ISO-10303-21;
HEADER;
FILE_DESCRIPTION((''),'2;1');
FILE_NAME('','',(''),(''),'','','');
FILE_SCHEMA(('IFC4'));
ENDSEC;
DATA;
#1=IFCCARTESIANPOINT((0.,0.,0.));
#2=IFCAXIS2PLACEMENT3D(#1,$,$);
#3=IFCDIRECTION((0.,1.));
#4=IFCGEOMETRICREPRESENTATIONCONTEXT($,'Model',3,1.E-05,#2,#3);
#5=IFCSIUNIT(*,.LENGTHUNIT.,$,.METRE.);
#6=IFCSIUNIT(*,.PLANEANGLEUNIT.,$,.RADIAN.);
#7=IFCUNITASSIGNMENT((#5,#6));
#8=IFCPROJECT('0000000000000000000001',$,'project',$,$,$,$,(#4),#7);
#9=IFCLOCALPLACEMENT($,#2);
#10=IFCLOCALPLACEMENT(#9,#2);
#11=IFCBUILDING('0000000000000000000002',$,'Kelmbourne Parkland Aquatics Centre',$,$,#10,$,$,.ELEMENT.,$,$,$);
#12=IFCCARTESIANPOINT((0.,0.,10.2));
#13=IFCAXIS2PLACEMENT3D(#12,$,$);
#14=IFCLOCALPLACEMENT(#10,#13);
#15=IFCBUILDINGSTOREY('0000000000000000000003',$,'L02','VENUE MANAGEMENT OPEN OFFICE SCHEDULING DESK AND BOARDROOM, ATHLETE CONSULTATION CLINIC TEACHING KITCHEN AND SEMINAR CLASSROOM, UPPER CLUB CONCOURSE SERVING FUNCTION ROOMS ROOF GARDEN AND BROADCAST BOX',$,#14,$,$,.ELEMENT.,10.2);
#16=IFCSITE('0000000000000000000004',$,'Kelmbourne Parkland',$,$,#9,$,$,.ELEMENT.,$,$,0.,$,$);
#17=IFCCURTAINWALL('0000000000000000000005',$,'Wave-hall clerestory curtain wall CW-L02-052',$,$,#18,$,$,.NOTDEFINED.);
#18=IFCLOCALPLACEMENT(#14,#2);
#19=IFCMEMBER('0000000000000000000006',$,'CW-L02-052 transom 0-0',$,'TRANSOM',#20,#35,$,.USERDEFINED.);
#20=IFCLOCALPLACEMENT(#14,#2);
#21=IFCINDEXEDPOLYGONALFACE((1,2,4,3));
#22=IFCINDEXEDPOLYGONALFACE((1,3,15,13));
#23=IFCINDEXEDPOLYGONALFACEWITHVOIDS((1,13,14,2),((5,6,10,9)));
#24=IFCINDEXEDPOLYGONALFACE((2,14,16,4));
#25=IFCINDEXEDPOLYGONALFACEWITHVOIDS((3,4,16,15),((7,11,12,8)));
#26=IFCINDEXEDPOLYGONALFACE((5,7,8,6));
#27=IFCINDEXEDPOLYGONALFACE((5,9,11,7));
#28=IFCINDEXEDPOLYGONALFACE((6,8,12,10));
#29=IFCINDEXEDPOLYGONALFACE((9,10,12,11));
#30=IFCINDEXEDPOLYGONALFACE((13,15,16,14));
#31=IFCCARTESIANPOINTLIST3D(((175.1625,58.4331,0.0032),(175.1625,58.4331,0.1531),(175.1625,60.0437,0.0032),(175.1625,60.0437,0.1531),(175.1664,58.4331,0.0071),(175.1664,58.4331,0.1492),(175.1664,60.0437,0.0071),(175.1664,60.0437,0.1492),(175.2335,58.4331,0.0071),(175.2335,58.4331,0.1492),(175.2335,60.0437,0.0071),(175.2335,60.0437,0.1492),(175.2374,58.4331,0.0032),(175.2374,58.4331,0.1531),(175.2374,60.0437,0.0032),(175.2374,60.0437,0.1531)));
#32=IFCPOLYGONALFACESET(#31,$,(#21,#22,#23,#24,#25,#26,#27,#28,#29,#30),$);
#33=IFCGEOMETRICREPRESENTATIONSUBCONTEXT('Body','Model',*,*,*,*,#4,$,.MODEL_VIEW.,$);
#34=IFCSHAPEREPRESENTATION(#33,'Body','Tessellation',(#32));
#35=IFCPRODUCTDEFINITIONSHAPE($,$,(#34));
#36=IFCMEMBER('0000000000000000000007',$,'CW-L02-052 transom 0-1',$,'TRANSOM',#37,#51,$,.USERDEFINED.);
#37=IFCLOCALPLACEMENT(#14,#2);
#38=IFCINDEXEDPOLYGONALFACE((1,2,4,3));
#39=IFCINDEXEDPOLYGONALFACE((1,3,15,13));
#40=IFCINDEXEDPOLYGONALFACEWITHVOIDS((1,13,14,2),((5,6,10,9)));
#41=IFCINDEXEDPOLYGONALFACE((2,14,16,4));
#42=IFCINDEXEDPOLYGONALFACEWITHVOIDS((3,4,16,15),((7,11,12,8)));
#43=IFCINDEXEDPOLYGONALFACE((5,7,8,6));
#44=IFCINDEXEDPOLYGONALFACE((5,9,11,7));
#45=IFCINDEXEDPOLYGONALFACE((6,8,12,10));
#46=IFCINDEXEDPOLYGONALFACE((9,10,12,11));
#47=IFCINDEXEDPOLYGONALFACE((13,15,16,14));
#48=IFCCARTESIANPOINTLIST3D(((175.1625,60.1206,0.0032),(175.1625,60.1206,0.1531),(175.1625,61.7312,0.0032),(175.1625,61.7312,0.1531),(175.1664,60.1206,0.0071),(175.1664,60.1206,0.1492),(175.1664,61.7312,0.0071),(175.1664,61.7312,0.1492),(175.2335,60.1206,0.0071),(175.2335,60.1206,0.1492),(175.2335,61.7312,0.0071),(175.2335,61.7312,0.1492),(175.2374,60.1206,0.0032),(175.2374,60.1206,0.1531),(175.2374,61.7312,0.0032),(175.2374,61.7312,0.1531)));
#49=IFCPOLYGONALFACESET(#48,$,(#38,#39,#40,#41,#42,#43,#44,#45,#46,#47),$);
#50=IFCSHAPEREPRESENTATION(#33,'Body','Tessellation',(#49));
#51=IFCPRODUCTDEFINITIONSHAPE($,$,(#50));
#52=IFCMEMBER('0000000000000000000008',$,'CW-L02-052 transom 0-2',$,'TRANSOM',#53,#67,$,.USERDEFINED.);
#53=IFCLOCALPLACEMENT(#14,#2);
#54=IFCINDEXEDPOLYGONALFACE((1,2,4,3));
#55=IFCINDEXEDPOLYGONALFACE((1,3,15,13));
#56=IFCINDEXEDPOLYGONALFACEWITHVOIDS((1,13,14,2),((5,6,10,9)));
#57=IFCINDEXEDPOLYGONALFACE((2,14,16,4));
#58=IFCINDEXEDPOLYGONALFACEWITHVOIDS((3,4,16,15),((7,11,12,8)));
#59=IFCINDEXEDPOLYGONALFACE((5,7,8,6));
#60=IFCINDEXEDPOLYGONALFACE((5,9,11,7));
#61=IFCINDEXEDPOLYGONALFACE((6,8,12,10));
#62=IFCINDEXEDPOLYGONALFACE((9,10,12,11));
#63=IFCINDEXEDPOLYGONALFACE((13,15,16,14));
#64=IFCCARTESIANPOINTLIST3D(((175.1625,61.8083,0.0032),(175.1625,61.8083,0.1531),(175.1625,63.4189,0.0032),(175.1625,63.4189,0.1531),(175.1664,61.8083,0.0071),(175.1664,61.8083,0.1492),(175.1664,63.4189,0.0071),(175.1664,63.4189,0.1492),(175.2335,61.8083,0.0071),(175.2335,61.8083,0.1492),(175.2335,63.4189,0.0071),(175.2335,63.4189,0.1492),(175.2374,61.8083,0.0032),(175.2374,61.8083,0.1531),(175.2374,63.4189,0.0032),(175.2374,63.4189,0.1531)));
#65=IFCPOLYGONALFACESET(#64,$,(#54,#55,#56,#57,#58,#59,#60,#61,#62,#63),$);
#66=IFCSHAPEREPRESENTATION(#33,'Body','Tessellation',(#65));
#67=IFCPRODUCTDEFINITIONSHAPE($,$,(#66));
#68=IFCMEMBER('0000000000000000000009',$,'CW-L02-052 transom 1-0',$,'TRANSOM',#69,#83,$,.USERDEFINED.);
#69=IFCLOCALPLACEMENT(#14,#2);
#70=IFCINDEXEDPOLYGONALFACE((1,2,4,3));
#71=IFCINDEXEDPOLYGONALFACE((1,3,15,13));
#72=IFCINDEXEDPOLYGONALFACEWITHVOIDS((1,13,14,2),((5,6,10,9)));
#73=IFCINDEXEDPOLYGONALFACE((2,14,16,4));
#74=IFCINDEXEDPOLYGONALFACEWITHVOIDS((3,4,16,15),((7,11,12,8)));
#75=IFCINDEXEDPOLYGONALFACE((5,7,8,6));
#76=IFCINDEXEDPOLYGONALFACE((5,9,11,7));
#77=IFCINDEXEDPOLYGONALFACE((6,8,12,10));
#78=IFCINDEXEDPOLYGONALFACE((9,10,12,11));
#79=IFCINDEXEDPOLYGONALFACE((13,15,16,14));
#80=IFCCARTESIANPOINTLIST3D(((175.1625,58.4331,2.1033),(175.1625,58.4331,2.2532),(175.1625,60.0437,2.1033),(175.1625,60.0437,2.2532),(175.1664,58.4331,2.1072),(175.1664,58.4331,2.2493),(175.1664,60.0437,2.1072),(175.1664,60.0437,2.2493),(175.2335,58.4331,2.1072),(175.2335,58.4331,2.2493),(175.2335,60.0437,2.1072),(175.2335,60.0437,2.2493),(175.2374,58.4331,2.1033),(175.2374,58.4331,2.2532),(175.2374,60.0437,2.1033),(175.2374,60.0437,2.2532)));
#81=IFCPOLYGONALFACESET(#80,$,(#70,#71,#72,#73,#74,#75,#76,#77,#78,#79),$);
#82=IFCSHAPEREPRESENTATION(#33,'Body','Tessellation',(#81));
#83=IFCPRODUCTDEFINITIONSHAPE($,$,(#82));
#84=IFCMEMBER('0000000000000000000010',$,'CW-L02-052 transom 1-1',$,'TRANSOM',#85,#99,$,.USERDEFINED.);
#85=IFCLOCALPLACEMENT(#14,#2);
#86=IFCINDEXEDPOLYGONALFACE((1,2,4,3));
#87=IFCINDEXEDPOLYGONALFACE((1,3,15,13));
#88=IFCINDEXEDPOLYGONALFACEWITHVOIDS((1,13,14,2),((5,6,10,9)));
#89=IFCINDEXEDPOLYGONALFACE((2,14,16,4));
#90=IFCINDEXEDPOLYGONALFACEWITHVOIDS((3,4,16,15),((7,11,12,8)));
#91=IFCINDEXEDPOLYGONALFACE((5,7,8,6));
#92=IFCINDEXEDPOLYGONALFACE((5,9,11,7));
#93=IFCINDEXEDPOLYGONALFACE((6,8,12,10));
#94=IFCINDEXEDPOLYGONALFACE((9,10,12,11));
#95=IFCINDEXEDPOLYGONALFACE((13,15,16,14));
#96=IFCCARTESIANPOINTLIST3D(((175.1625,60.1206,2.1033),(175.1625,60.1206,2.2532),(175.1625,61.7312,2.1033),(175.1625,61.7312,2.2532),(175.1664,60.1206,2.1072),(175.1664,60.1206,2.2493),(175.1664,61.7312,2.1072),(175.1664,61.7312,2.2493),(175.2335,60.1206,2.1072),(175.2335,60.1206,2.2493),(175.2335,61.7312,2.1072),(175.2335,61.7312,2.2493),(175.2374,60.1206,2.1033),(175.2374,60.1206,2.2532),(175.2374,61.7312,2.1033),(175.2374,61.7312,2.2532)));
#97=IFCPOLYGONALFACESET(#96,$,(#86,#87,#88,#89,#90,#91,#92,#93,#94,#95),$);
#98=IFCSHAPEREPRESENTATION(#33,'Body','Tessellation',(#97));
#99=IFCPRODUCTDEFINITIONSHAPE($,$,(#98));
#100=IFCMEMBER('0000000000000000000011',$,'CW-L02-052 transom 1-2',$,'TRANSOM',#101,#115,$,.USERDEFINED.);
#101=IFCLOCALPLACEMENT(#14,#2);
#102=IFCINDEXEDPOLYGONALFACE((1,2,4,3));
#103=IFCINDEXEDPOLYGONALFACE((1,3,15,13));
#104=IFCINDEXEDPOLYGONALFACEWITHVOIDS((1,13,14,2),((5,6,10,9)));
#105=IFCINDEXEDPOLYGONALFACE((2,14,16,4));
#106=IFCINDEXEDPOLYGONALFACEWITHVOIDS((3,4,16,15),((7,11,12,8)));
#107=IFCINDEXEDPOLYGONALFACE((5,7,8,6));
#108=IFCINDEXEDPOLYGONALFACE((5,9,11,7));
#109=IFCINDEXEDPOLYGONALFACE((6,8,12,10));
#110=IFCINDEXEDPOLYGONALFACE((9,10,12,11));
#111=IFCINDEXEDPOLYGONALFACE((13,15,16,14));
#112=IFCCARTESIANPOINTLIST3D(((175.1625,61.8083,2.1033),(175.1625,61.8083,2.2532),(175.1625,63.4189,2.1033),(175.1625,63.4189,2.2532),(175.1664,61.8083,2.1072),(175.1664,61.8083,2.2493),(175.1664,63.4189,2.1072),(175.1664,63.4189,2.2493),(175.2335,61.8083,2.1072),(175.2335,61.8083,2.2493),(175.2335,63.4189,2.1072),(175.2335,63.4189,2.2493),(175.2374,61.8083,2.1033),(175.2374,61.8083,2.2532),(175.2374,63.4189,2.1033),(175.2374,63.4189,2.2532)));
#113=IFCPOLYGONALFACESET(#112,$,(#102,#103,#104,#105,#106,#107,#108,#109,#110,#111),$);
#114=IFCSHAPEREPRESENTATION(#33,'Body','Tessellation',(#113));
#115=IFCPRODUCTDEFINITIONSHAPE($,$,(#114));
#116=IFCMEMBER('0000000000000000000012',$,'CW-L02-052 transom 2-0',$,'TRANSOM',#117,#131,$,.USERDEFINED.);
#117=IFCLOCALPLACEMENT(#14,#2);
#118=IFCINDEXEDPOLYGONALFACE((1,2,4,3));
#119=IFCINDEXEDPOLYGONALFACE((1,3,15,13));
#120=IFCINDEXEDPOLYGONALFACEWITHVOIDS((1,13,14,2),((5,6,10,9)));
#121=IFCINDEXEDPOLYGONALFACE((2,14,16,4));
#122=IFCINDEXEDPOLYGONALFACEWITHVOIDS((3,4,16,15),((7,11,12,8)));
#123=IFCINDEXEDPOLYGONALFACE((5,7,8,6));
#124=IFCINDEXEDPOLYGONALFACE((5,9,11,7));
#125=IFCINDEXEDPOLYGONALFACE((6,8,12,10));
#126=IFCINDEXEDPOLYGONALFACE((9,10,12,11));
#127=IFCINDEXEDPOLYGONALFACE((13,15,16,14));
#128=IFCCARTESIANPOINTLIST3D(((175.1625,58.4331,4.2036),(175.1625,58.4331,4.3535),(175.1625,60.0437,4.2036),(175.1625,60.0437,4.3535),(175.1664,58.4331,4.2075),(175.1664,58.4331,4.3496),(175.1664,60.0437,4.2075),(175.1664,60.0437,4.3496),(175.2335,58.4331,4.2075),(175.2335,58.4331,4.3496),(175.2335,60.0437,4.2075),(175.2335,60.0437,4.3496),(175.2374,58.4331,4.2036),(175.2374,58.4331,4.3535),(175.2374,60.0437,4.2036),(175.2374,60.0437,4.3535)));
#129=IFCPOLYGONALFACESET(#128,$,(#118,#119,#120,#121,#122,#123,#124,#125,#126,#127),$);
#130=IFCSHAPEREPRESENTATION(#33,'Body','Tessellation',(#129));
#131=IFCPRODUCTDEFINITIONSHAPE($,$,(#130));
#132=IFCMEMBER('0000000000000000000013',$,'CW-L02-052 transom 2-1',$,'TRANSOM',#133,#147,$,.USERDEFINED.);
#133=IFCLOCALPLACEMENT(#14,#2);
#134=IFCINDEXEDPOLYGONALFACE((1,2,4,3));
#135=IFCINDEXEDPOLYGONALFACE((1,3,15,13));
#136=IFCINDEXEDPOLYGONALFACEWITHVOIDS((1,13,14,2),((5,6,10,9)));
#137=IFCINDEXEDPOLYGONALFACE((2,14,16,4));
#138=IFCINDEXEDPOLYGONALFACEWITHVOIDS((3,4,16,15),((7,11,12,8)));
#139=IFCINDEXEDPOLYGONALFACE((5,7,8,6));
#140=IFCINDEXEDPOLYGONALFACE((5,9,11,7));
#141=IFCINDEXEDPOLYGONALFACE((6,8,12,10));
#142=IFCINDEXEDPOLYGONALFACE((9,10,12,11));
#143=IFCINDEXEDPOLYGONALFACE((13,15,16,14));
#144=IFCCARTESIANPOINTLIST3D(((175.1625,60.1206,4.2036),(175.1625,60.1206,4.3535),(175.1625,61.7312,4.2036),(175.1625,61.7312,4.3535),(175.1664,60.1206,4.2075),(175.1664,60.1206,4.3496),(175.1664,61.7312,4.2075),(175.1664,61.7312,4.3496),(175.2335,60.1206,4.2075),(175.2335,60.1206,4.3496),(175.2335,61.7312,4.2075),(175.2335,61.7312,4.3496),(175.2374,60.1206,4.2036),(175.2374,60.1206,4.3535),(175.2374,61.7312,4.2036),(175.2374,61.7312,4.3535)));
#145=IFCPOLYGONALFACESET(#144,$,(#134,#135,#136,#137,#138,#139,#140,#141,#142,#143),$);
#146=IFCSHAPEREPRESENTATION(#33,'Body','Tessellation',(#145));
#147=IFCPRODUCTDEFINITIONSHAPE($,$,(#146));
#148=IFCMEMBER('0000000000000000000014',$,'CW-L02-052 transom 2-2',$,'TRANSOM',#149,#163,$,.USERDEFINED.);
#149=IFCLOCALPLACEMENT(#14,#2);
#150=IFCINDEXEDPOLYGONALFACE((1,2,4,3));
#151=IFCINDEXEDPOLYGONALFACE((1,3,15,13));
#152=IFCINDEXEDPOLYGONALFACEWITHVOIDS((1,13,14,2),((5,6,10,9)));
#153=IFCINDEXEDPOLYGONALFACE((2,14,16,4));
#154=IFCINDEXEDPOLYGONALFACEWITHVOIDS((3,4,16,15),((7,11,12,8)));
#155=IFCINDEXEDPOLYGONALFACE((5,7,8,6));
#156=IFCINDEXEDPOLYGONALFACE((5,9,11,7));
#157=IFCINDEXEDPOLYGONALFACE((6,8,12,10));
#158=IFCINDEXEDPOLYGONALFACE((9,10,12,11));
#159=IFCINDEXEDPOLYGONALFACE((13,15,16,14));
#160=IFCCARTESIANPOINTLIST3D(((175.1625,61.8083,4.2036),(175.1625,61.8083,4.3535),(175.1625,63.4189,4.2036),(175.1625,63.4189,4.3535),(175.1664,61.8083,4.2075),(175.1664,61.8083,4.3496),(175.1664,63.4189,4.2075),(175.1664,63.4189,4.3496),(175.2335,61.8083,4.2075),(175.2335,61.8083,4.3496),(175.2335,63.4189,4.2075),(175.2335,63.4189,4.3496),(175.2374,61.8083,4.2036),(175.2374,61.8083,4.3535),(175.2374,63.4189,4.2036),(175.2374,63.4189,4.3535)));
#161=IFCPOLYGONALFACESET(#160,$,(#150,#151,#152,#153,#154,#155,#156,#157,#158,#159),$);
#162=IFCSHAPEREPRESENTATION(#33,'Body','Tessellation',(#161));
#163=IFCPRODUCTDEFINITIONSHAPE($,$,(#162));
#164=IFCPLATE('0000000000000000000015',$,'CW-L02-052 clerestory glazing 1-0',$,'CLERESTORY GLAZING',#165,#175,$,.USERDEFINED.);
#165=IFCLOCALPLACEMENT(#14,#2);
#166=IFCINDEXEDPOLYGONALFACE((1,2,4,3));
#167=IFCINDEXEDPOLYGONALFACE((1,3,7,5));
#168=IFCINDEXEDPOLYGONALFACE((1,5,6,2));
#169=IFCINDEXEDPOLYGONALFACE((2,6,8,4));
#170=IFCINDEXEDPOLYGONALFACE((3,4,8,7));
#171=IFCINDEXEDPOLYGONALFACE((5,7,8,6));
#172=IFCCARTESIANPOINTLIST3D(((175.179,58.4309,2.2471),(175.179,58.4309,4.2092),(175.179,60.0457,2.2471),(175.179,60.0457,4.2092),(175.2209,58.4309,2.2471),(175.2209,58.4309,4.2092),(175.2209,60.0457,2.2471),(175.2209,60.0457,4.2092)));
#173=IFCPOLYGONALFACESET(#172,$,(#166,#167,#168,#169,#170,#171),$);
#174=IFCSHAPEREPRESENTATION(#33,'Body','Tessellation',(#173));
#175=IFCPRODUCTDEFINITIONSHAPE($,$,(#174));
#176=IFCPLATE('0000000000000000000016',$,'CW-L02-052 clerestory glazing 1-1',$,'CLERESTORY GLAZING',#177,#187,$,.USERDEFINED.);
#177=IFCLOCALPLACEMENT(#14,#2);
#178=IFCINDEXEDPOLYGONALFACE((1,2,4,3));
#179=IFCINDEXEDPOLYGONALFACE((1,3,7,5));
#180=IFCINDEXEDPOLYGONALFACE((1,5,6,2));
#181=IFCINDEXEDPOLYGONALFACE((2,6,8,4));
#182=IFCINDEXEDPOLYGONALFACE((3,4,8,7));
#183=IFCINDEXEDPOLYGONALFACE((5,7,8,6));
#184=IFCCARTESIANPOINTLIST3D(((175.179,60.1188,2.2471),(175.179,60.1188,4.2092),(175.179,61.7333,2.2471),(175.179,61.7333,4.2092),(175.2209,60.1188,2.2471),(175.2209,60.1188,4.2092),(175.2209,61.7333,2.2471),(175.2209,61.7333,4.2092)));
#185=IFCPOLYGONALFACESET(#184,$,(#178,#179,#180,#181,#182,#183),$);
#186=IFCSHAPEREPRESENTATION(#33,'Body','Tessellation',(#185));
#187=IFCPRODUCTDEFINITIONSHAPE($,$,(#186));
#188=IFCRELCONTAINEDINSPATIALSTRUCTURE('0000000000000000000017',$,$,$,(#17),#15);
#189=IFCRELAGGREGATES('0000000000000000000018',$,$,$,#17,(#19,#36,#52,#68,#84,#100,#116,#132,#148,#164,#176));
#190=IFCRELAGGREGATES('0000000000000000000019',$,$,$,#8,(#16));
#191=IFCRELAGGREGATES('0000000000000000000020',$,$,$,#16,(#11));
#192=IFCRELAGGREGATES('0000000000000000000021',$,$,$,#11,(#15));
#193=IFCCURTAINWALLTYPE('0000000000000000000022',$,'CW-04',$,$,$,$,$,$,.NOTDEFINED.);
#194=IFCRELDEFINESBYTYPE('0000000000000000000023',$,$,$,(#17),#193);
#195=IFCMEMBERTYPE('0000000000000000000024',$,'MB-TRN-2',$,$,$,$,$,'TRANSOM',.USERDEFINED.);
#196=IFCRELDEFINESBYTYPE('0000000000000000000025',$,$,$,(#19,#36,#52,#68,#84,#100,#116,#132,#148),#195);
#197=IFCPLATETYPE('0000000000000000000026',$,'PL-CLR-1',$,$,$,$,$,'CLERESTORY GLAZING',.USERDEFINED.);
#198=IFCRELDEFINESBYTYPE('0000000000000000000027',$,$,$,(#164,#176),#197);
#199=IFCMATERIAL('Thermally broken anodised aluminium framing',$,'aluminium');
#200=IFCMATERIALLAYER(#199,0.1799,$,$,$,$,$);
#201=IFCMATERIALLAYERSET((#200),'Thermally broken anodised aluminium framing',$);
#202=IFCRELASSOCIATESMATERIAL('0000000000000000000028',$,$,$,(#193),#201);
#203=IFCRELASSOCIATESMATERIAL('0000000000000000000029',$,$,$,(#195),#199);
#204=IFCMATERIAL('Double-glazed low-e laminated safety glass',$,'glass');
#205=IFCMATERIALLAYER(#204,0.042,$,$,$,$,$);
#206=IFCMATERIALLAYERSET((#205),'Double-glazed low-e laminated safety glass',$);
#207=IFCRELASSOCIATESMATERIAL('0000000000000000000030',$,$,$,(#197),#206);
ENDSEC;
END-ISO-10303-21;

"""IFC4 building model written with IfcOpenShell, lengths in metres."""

from ifc_helpers import new_model, si_unit, direction, frame, origin, origin_2d, place, context, subcontext, project, spatial, rectangle, hollow_rectangle, extrude, material, layer, layer_set, material_profile, profile_set, type_object, element, aggregate, save


model = new_model("IFC4")

# Units and contexts
model_context = context("Model", 3, precision=1e-05, world=origin(), true_north=direction((0.0, 1.0)))
body_context = subcontext(model_context, "Body", "Model", "MODEL_VIEW")
ifc_project = project(units=[si_unit("LENGTHUNIT", "METRE"), si_unit("PLANEANGLEUNIT", "RADIAN")], contexts=[model_context])

# Site, building, storey
site_placement = place(None, origin())
site = spatial("IfcSite", under=ifc_project, at=site_placement, Name="Kelmbourne Parkland", CompositionType="ELEMENT", RefElevation=0.0)
building_placement = place(site_placement, origin())
building = spatial("IfcBuilding", under=site, at=building_placement, Name="Kelmbourne Parkland Aquatics Centre", CompositionType="ELEMENT")
storey_placement = place(building_placement, frame((0.0, 0.0, 10.2)))
storey = spatial("IfcBuildingStorey", under=building, at=storey_placement, Name="L02", Description="VENUE MANAGEMENT OPEN OFFICE SCHEDULING DESK AND BOARDROOM, ATHLETE CONSULTATION CLINIC TEACHING KITCHEN AND SEMINAR CLASSROOM, UPPER CLUB CONCOURSE SERVING FUNCTION ROOMS ROOF GARDEN AND BROADCAST BOX", CompositionType="ELEMENT", Elevation=10.2)

# Curtain wall
ifc_material_1 = material(Name="Thermally broken anodised aluminium framing", Category="aluminium")
ifc_layer_1 = layer(ifc_material_1, 0.1799)
ifc_layer_set_1 = layer_set([ifc_layer_1], Name="Thermally broken anodised aluminium framing")
curtain_wall_type_1 = type_object("IfcCurtainWallType", Name="CW-04", PredefinedType="NOTDEFINED", material=ifc_layer_set_1)
curtain_wall_1_placement = place(storey_placement, origin())
curtain_wall_1 = element("IfcCurtainWall", 1, at=curtain_wall_1_placement, inside=storey, type_object=curtain_wall_type_1, Name="Wave-hall clerestory curtain wall CW-L02-052", PredefinedType="NOTDEFINED")

# Members
ifc_material_profile_1 = material_profile(ifc_material_1, hollow_rectangle(XDim=0.075, YDim=0.1499, WallThickness=0.0039, at=origin_2d()), Name="CW-T 75x150")
ifc_profile_set_1 = profile_set([ifc_material_profile_1], Name="Thermally broken anodised aluminium framing")
member_type_1 = type_object("IfcMemberType", Name="MB-TRN-2", ElementType="TRANSOM", PredefinedType="USERDEFINED", material=ifc_profile_set_1)
member_1_placement = place(storey_placement, frame((175.2, 58.4331, 0.0781), z_axis=(0.0, 1.0, 0.0), x_axis=(-1.0, 0.0, 0.0)))
member_1 = element("IfcMember", 2, at=member_1_placement, type_object=member_type_1, Name="CW-L02-052 transom 0-0", ObjectType="TRANSOM", PredefinedType="USERDEFINED", context=body_context, shape_type="SweptSolid", body=[
    extrude(hollow_rectangle(XDim=0.075, YDim=0.1499, WallThickness=0.0039, at=origin_2d()), origin(), (0.0, 0.0, 1.0), 1.6106),
])
member_2_placement = place(storey_placement, frame((175.2, 60.1206, 0.0781), z_axis=(0.0, 1.0, 0.0), x_axis=(-1.0, 0.0, 0.0)))
member_2 = element("IfcMember", 3, at=member_2_placement, type_object=member_type_1, Name="CW-L02-052 transom 0-1", ObjectType="TRANSOM", PredefinedType="USERDEFINED", context=body_context, shape_type="SweptSolid", body=[
    extrude(hollow_rectangle(XDim=0.075, YDim=0.1499, WallThickness=0.0039, at=origin_2d()), origin(), (0.0, 0.0, 1.0), 1.6106),
])
member_3_placement = place(storey_placement, frame((175.2, 61.8083, 0.0781), z_axis=(0.0, 1.0, 0.0), x_axis=(-1.0, 0.0, 0.0)))
member_3 = element("IfcMember", 4, at=member_3_placement, type_object=member_type_1, Name="CW-L02-052 transom 0-2", ObjectType="TRANSOM", PredefinedType="USERDEFINED", context=body_context, shape_type="SweptSolid", body=[
    extrude(hollow_rectangle(XDim=0.075, YDim=0.1499, WallThickness=0.0039, at=origin_2d()), origin(), (0.0, 0.0, 1.0), 1.6106),
])
member_4_placement = place(storey_placement, frame((175.2, 58.4331, 2.1782), z_axis=(0.0, 1.0, 0.0), x_axis=(-1.0, 0.0, 0.0)))
member_4 = element("IfcMember", 5, at=member_4_placement, type_object=member_type_1, Name="CW-L02-052 transom 1-0", ObjectType="TRANSOM", PredefinedType="USERDEFINED", context=body_context, shape_type="SweptSolid", body=[
    extrude(hollow_rectangle(XDim=0.075, YDim=0.1499, WallThickness=0.0039, at=origin_2d()), origin(), (0.0, 0.0, 1.0), 1.6106),
])
member_5_placement = place(storey_placement, frame((175.2, 60.1206, 2.1782), z_axis=(0.0, 1.0, 0.0), x_axis=(-1.0, 0.0, 0.0)))
member_5 = element("IfcMember", 6, at=member_5_placement, type_object=member_type_1, Name="CW-L02-052 transom 1-1", ObjectType="TRANSOM", PredefinedType="USERDEFINED", context=body_context, shape_type="SweptSolid", body=[
    extrude(hollow_rectangle(XDim=0.075, YDim=0.1499, WallThickness=0.0039, at=origin_2d()), origin(), (0.0, 0.0, 1.0), 1.6106),
])
member_6_placement = place(storey_placement, frame((175.2, 61.8083, 2.1782), z_axis=(0.0, 1.0, 0.0), x_axis=(-1.0, 0.0, 0.0)))
member_6 = element("IfcMember", 7, at=member_6_placement, type_object=member_type_1, Name="CW-L02-052 transom 1-2", ObjectType="TRANSOM", PredefinedType="USERDEFINED", context=body_context, shape_type="SweptSolid", body=[
    extrude(hollow_rectangle(XDim=0.075, YDim=0.1499, WallThickness=0.0039, at=origin_2d()), origin(), (0.0, 0.0, 1.0), 1.6106),
])
member_7_placement = place(storey_placement, frame((175.2, 58.4331, 4.2786), z_axis=(0.0, 1.0, 0.0), x_axis=(-1.0, 0.0, 0.0)))
member_7 = element("IfcMember", 8, at=member_7_placement, type_object=member_type_1, Name="CW-L02-052 transom 2-0", ObjectType="TRANSOM", PredefinedType="USERDEFINED", context=body_context, shape_type="SweptSolid", body=[
    extrude(hollow_rectangle(XDim=0.075, YDim=0.1499, WallThickness=0.0039, at=origin_2d()), origin(), (0.0, 0.0, 1.0), 1.6106),
])
member_8_placement = place(storey_placement, frame((175.2, 60.1206, 4.2786), z_axis=(0.0, 1.0, 0.0), x_axis=(-1.0, 0.0, 0.0)))
member_8 = element("IfcMember", 9, at=member_8_placement, type_object=member_type_1, Name="CW-L02-052 transom 2-1", ObjectType="TRANSOM", PredefinedType="USERDEFINED", context=body_context, shape_type="SweptSolid", body=[
    extrude(hollow_rectangle(XDim=0.075, YDim=0.1499, WallThickness=0.0039, at=origin_2d()), origin(), (0.0, 0.0, 1.0), 1.6106),
])
member_9_placement = place(storey_placement, frame((175.2, 61.8083, 4.2786), z_axis=(0.0, 1.0, 0.0), x_axis=(-1.0, 0.0, 0.0)))
member_9 = element("IfcMember", 10, at=member_9_placement, type_object=member_type_1, Name="CW-L02-052 transom 2-2", ObjectType="TRANSOM", PredefinedType="USERDEFINED", context=body_context, shape_type="SweptSolid", body=[
    extrude(hollow_rectangle(XDim=0.075, YDim=0.1499, WallThickness=0.0039, at=origin_2d()), origin(), (0.0, 0.0, 1.0), 1.6106),
])

# Plates
ifc_material_2 = material(Name="Double-glazed low-e laminated safety glass", Category="glass")
ifc_layer_2 = layer(ifc_material_2, 0.042)
ifc_layer_set_2 = layer_set([ifc_layer_2], Name="Double-glazed low-e laminated safety glass")
plate_type_1 = type_object("IfcPlateType", Name="PL-CLR-1", ElementType="CLERESTORY GLAZING", PredefinedType="USERDEFINED", material=ifc_layer_set_2)
plate_1_placement = place(storey_placement, frame((175.2, 59.2383, 2.2471), z_axis=(0.0, 0.0, 1.0), x_axis=(0.0, 1.0, 0.0)))
plate_1 = element("IfcPlate", 11, at=plate_1_placement, type_object=plate_type_1, Name="CW-L02-052 clerestory glazing 1-0", ObjectType="CLERESTORY GLAZING", PredefinedType="USERDEFINED", context=body_context, shape_type="SweptSolid", body=[
    extrude(rectangle(XDim=1.6147, YDim=0.042, at=origin_2d()), origin(), (0.0, 0.0, 1.0), 1.9622),
])
plate_2_placement = place(storey_placement, frame((175.2, 60.926, 2.2471), z_axis=(0.0, 0.0, 1.0), x_axis=(0.0, 1.0, 0.0)))
plate_2 = element("IfcPlate", 12, at=plate_2_placement, type_object=plate_type_1, Name="CW-L02-052 clerestory glazing 1-1", ObjectType="CLERESTORY GLAZING", PredefinedType="USERDEFINED", context=body_context, shape_type="SweptSolid", body=[
    extrude(rectangle(XDim=1.6145, YDim=0.042, at=origin_2d()), origin(), (0.0, 0.0, 1.0), 1.9622),
])
aggregate(curtain_wall_1, [member_1, member_2, member_3, member_4, member_5, member_6, member_7, member_8, member_9, plate_1, plate_2])

save(model, "model.ifc")
